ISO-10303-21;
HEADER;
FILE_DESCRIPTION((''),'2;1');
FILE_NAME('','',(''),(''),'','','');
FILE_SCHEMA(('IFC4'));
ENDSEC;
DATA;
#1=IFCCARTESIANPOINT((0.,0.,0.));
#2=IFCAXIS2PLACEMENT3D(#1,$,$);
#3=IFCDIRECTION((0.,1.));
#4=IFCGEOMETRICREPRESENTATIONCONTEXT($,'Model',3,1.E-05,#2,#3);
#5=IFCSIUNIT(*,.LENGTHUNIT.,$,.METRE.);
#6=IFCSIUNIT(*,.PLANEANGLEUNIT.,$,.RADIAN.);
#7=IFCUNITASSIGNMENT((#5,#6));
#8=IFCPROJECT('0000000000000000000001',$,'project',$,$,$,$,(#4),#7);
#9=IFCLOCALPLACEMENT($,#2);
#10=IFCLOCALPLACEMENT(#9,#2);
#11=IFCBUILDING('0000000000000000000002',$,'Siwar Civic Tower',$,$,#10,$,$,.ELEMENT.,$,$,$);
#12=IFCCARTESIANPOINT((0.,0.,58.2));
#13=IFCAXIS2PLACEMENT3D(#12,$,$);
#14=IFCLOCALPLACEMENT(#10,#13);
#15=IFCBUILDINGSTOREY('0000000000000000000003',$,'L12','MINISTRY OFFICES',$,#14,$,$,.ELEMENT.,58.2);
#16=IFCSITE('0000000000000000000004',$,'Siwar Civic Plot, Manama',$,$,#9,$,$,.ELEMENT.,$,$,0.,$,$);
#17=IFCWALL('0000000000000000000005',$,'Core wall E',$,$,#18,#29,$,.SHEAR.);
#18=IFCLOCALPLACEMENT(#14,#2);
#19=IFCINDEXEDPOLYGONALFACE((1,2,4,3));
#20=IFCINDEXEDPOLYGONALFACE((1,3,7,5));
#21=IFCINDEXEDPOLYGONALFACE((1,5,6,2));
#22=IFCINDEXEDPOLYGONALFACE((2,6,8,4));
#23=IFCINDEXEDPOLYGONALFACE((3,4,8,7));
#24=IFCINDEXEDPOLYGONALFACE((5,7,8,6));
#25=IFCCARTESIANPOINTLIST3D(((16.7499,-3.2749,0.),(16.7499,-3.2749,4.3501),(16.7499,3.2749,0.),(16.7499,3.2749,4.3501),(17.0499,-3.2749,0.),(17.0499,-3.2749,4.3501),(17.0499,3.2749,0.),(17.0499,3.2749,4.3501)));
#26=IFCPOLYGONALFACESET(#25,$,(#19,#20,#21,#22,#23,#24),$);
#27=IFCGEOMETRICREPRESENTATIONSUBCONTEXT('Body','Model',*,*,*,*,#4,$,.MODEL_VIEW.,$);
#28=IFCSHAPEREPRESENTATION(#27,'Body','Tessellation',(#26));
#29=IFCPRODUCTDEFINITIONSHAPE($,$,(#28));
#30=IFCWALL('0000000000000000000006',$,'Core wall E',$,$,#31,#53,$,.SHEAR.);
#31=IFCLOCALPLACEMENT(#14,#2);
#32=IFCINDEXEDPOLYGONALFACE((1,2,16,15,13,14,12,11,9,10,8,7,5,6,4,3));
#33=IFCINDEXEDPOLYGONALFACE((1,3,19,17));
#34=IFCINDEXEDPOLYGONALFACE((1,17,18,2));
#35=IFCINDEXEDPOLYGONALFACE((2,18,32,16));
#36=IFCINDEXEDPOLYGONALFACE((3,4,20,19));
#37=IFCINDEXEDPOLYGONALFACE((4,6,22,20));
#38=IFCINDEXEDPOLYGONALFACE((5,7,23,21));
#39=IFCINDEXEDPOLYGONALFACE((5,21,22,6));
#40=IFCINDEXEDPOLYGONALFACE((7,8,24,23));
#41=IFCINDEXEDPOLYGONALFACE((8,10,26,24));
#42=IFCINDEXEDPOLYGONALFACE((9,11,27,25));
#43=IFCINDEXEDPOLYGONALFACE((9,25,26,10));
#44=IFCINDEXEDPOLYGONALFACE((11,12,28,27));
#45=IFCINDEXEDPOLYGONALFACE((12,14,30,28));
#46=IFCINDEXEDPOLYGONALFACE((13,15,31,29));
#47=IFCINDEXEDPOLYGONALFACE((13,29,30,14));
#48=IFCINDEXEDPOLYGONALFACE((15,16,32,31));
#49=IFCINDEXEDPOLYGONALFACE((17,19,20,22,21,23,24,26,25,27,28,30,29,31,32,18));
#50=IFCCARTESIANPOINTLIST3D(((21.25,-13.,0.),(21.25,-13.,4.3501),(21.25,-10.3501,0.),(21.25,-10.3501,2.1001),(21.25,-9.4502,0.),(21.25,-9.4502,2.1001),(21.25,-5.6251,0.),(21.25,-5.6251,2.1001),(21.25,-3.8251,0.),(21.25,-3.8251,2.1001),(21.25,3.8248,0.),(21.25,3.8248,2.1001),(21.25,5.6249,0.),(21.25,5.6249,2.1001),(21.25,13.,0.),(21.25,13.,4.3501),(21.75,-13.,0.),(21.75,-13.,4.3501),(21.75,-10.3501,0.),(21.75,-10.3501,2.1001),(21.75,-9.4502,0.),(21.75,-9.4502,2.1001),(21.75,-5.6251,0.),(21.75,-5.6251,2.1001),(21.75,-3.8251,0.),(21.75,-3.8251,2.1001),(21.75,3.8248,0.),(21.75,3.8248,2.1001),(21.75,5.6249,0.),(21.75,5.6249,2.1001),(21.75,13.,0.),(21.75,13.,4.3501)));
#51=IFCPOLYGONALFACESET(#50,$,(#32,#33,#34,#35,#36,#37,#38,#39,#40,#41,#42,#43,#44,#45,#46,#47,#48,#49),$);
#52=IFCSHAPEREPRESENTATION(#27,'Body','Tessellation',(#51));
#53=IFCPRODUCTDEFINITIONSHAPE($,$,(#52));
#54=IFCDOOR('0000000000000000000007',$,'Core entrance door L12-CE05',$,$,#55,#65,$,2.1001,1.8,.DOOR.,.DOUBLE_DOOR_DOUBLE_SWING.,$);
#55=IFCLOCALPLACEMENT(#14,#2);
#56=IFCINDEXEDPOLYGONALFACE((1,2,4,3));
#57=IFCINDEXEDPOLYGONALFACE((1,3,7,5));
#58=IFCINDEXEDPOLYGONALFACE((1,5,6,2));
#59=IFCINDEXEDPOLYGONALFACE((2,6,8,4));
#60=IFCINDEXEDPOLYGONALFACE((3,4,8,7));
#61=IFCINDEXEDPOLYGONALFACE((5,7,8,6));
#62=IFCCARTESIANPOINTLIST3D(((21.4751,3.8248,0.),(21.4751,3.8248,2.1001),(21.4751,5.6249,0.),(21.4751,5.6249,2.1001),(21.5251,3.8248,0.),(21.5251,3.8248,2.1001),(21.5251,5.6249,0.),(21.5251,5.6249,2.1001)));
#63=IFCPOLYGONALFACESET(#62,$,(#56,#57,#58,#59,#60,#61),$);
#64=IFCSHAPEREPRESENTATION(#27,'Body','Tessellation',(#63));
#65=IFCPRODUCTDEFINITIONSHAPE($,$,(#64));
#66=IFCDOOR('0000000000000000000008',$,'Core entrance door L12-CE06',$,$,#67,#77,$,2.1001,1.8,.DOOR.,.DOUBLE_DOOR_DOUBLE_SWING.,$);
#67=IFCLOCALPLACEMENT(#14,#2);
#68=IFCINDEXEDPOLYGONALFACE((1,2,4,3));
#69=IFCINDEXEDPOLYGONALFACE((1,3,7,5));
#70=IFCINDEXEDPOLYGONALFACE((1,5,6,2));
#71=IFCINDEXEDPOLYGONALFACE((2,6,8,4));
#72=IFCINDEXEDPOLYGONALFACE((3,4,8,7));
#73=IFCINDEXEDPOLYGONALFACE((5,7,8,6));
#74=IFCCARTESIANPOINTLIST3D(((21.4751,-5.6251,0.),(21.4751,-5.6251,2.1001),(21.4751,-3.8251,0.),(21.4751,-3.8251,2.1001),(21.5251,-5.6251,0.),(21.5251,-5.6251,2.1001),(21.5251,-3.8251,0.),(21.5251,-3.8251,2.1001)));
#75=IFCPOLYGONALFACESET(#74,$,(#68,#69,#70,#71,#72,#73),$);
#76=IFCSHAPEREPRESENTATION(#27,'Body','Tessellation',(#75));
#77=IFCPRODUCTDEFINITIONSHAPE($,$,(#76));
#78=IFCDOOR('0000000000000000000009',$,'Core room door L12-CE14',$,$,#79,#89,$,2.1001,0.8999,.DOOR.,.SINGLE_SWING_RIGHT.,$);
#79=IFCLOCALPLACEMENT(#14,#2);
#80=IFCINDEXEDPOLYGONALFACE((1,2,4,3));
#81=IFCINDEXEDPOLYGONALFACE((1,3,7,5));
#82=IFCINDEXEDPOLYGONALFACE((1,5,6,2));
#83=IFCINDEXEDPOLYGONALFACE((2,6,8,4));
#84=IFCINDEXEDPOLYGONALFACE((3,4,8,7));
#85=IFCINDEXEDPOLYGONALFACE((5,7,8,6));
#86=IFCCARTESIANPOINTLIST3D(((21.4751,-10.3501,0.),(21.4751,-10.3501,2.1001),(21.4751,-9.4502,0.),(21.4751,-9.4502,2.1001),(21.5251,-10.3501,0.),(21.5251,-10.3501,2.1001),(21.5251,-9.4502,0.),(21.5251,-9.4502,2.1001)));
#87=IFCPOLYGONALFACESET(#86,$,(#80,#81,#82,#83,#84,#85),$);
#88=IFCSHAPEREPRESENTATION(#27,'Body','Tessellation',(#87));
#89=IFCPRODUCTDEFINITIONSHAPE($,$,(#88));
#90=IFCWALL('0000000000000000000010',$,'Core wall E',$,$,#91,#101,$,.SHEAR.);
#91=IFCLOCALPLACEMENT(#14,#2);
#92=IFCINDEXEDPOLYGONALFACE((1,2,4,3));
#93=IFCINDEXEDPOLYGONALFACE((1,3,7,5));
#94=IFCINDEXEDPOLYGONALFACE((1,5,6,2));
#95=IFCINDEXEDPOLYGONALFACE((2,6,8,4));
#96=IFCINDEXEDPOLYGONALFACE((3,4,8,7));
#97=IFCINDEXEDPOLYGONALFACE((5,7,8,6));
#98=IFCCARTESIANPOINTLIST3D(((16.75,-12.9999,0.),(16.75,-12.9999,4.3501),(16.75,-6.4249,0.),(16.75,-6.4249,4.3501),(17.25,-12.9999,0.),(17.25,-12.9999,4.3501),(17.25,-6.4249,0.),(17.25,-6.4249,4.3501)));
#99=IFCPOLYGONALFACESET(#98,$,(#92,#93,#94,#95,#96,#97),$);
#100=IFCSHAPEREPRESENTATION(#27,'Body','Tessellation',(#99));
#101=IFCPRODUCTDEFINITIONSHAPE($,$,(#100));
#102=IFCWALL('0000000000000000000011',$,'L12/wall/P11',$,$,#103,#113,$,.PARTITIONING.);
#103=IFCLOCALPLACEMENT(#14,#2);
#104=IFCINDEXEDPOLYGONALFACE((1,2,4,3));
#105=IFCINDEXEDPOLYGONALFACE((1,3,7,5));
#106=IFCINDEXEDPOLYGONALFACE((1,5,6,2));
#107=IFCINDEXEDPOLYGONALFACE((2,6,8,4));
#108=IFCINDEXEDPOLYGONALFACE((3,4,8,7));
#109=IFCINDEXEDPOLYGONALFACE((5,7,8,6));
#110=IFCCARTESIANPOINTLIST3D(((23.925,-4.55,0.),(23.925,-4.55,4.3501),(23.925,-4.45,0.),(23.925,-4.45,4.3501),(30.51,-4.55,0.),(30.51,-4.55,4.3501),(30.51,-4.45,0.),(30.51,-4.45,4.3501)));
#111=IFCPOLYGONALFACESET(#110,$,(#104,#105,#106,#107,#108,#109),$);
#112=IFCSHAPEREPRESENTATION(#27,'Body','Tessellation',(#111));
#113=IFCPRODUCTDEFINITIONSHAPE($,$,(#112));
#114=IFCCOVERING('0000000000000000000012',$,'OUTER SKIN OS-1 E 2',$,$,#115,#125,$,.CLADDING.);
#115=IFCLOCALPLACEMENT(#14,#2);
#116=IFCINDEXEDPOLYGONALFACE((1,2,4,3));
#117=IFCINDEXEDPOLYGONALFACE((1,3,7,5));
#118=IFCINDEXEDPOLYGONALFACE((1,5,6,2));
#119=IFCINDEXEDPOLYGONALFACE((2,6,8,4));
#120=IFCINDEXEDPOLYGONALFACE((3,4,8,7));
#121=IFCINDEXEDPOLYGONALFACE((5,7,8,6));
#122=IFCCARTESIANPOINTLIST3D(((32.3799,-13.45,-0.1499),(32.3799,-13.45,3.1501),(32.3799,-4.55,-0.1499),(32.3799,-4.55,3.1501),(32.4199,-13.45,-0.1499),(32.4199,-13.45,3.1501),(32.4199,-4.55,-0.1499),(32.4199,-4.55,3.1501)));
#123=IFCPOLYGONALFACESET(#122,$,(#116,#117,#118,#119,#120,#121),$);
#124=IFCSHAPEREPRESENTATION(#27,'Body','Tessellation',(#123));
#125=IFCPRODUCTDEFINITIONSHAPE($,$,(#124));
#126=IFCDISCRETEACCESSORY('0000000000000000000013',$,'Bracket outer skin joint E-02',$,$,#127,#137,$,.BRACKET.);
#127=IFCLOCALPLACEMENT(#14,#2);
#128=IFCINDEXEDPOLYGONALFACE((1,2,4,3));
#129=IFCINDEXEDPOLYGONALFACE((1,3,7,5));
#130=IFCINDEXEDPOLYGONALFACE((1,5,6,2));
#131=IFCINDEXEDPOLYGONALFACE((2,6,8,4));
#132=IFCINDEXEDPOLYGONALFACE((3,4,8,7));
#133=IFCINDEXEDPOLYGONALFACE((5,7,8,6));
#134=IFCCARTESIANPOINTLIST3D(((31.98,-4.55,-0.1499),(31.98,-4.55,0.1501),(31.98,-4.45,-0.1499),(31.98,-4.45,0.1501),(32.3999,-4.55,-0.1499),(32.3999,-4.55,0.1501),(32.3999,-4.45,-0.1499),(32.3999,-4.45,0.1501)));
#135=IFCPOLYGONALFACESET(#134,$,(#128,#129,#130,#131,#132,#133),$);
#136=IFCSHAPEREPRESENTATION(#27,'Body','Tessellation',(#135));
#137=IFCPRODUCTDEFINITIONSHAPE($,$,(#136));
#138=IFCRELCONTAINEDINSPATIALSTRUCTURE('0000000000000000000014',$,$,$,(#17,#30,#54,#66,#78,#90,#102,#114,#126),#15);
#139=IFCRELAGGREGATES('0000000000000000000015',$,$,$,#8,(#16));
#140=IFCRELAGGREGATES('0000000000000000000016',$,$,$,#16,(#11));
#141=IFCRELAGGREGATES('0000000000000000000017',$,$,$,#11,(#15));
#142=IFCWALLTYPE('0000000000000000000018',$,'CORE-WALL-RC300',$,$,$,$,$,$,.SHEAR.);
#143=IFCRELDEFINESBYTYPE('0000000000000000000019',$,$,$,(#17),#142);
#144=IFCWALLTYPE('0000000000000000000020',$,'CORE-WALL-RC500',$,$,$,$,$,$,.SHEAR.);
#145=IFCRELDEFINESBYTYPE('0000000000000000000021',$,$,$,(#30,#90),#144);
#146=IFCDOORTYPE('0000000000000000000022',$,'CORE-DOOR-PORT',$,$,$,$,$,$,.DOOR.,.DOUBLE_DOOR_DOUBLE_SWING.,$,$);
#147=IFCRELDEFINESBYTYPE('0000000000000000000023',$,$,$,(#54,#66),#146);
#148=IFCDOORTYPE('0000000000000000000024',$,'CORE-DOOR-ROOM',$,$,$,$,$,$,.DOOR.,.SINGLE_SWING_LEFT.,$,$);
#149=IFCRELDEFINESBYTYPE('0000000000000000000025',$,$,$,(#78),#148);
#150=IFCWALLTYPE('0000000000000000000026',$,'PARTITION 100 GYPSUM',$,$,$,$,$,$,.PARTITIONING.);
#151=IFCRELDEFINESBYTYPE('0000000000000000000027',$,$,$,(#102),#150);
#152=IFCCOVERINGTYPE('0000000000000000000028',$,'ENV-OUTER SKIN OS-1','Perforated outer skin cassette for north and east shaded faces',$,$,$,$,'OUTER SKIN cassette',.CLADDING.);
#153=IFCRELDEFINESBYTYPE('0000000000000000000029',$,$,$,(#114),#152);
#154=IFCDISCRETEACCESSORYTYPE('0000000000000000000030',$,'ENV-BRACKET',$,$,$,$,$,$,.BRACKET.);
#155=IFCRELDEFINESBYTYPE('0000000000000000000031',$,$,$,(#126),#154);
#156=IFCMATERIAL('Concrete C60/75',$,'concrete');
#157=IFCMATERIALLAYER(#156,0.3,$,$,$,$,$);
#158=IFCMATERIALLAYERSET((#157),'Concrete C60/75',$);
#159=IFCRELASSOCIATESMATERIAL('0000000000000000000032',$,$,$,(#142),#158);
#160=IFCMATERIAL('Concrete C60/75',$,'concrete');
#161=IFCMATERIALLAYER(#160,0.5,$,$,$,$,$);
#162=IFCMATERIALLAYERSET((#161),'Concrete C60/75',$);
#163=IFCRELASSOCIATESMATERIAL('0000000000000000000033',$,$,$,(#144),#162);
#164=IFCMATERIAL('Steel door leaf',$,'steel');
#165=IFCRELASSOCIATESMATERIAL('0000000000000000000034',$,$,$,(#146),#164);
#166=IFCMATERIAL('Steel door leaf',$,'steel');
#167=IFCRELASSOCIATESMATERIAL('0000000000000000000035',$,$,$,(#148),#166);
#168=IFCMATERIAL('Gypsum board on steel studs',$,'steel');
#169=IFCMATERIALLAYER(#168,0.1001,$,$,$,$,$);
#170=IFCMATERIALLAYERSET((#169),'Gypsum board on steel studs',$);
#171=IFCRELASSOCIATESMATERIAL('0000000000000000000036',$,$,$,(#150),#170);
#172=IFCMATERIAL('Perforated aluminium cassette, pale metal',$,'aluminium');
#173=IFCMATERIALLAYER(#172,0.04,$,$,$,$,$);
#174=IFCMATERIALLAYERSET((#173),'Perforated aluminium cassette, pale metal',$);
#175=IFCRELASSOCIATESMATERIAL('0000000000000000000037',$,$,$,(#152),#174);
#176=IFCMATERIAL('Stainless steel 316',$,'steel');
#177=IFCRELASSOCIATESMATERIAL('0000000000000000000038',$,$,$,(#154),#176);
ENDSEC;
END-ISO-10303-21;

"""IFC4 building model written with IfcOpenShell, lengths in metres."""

from ifc_helpers import new_model, si_unit, direction, frame, frame_2d, origin, origin_2d, place, context, subcontext, project, spatial, rectangle, extrude, material, layer, layer_set, type_object, element, fill, save


model = new_model("IFC4")

# Units and contexts
model_context = context("Model", 3, precision=1e-05, world=origin(), true_north=direction((0.0, 1.0)))
body_context = subcontext(model_context, "Body", "Model", "MODEL_VIEW")
ifc_project = project(units=[si_unit("LENGTHUNIT", "METRE"), si_unit("PLANEANGLEUNIT", "RADIAN")], contexts=[model_context])

# Site, building, storey
site_placement = place(None, origin())
site = spatial("IfcSite", under=ifc_project, at=site_placement, Name="Siwar Civic Plot, Manama", CompositionType="ELEMENT", RefElevation=0.0)
building_placement = place(site_placement, origin())
building = spatial("IfcBuilding", under=site, at=building_placement, Name="Siwar Civic Tower", CompositionType="ELEMENT")
storey_placement = place(building_placement, frame((0.0, 0.0, 58.2)))
storey = spatial("IfcBuildingStorey", under=building, at=storey_placement, Name="L12", Description="MINISTRY OFFICES", CompositionType="ELEMENT", Elevation=58.2)

# Wall
ifc_material_1 = material(Name="Concrete C60/75", Category="concrete")
ifc_layer_1 = layer(ifc_material_1, 0.3)
ifc_layer_set_1 = layer_set([ifc_layer_1], Name="Concrete C60/75")
wall_type_1 = type_object("IfcWallType", Name="CORE-WALL-RC300", PredefinedType="SHEAR", material=ifc_layer_set_1)
wall_1_placement = place(storey_placement, frame((16.8999, -3.2749, 0.0), z_axis=(0.0, 0.0, 1.0), x_axis=(0.0, 1.0, 0.0)))
element("IfcWall", 1, at=wall_1_placement, inside=storey, type_object=wall_type_1, Name="Core wall E", PredefinedType="SHEAR", context=body_context, shape_type="SweptSolid", body=[
    extrude(rectangle(XDim=6.5498, YDim=0.3, at=frame_2d((3.2749, 0.0))), origin(), (0.0, 0.0, 1.0), 4.3501),
])

# Wall, openings, doors
ifc_material_2 = material(Name="Concrete C60/75", Category="concrete")
ifc_layer_2 = layer(ifc_material_2, 0.5)
ifc_layer_set_2 = layer_set([ifc_layer_2], Name="Concrete C60/75")
wall_type_2 = type_object("IfcWallType", Name="CORE-WALL-RC500", PredefinedType="SHEAR", material=ifc_layer_set_2)
wall_2_placement = place(storey_placement, frame((21.5, -13.0, 0.0), z_axis=(0.0, 0.0, 1.0), x_axis=(0.0, 1.0, 0.0)))
wall_2 = element("IfcWall", 2, at=wall_2_placement, inside=storey, type_object=wall_type_2, Name="Core wall E", PredefinedType="SHEAR", context=body_context, shape_type="SweptSolid", body=[
    extrude(rectangle(XDim=26.0, YDim=0.5, at=frame_2d((13.0, 0.0))), origin(), (0.0, 0.0, 1.0), 4.3501),
])
opening_1_placement = place(wall_2_placement, frame((16.825, 0.0, 0.0)))
opening_1 = element("IfcOpeningElement", 3, at=opening_1_placement, cuts=wall_2, PredefinedType="OPENING", context=body_context, shape_type="SweptSolid", body=[
    extrude(rectangle(XDim=1.8, YDim=2.1001, at=frame_2d((0.8999, 1.05))), frame((0.0, 0.26, 0.0), z_axis=(0.0, -1.0, 0.0), x_axis=(1.0, 0.0, 0.0)), (0.0, 0.0, 1.0), 0.52),
])
opening_2_placement = place(wall_2_placement, frame((7.375, 0.0, 0.0)))
opening_2 = element("IfcOpeningElement", 4, at=opening_2_placement, cuts=wall_2, PredefinedType="OPENING", context=body_context, shape_type="SweptSolid", body=[
    extrude(rectangle(XDim=1.8, YDim=2.1001, at=frame_2d((0.8999, 1.05))), frame((0.0, 0.26, 0.0), z_axis=(0.0, -1.0, 0.0), x_axis=(1.0, 0.0, 0.0)), (0.0, 0.0, 1.0), 0.52),
])
opening_3_placement = place(wall_2_placement, frame((2.6499, 0.0, 0.0)))
opening_3 = element("IfcOpeningElement", 5, at=opening_3_placement, cuts=wall_2, PredefinedType="OPENING", context=body_context, shape_type="SweptSolid", body=[
    extrude(rectangle(XDim=0.8999, YDim=2.1001, at=frame_2d((0.45, 1.05))), frame((0.0, 0.26, 0.0), z_axis=(0.0, -1.0, 0.0), x_axis=(1.0, 0.0, 0.0)), (0.0, 0.0, 1.0), 0.52),
])
ifc_material_3 = material(Name="Steel door leaf", Category="steel")
door_type_1 = type_object("IfcDoorType", Name="CORE-DOOR-PORT", OperationType="DOUBLE_DOOR_DOUBLE_SWING", PredefinedType="DOOR", material=ifc_material_3)
door_1_placement = place(opening_1_placement, origin())
door_1 = element("IfcDoor", 6, at=door_1_placement, inside=storey, type_object=door_type_1, Name="Core entrance door L12-CE05", OperationType="DOUBLE_DOOR_DOUBLE_SWING", OverallHeight=2.1001, OverallWidth=1.8, PredefinedType="DOOR", context=body_context, shape_type="SweptSolid", body=[
    extrude(rectangle(XDim=1.8, YDim=2.1001, at=frame_2d((0.8999, 1.05))), frame((0.0, 0.0249, 0.0), z_axis=(0.0, -1.0, 0.0), x_axis=(1.0, 0.0, 0.0)), (0.0, 0.0, 1.0), 0.05),
])
fill(opening_1, door_1)
door_2_placement = place(opening_2_placement, origin())
door_2 = element("IfcDoor", 7, at=door_2_placement, inside=storey, type_object=door_type_1, Name="Core entrance door L12-CE06", OperationType="DOUBLE_DOOR_DOUBLE_SWING", OverallHeight=2.1001, OverallWidth=1.8, PredefinedType="DOOR", context=body_context, shape_type="SweptSolid", body=[
    extrude(rectangle(XDim=1.8, YDim=2.1001, at=frame_2d((0.8999, 1.05))), frame((0.0, 0.0249, 0.0), z_axis=(0.0, -1.0, 0.0), x_axis=(1.0, 0.0, 0.0)), (0.0, 0.0, 1.0), 0.05),
])
fill(opening_2, door_2)
ifc_material_4 = material(Name="Steel door leaf", Category="steel")
door_type_2 = type_object("IfcDoorType", Name="CORE-DOOR-ROOM", OperationType="SINGLE_SWING_LEFT", PredefinedType="DOOR", material=ifc_material_4)
door_3_placement = place(opening_3_placement, origin())
door_3 = element("IfcDoor", 8, at=door_3_placement, inside=storey, type_object=door_type_2, Name="Core room door L12-CE14", OperationType="SINGLE_SWING_RIGHT", OverallHeight=2.1001, OverallWidth=0.8999, PredefinedType="DOOR", context=body_context, shape_type="SweptSolid", body=[
    extrude(rectangle(XDim=0.8999, YDim=2.1001, at=frame_2d((0.45, 1.05))), frame((0.0, 0.0249, 0.0), z_axis=(0.0, -1.0, 0.0), x_axis=(1.0, 0.0, 0.0)), (0.0, 0.0, 1.0), 0.05),
])
fill(opening_3, door_3)

# Walls
wall_3_placement = place(storey_placement, frame((17.0, -13.0, 0.0), z_axis=(0.0, 0.0, 1.0), x_axis=(0.0, 1.0, 0.0)))
element("IfcWall", 9, at=wall_3_placement, inside=storey, type_object=wall_type_2, Name="Core wall E", PredefinedType="SHEAR", context=body_context, shape_type="SweptSolid", body=[
    extrude(rectangle(XDim=6.575, YDim=0.5, at=frame_2d((3.2876, 0.0))), origin(), (0.0, 0.0, 1.0), 4.3501),
])
ifc_material_5 = material(Name="Gypsum board on steel studs", Category="steel")
ifc_layer_3 = layer(ifc_material_5, 0.1001)
ifc_layer_set_3 = layer_set([ifc_layer_3], Name="Gypsum board on steel studs")
wall_type_3 = type_object("IfcWallType", Name="PARTITION 100 GYPSUM", PredefinedType="PARTITIONING", material=ifc_layer_set_3)
wall_4_placement = place(storey_placement, frame((23.925, -4.5, 0.0), z_axis=(0.0, 0.0, 1.0), x_axis=(1.0, 0.0, 0.0)))
element("IfcWall", 10, at=wall_4_placement, inside=storey, type_object=wall_type_3, Name="L12/wall/P11", PredefinedType="PARTITIONING", context=body_context, shape_type="SweptSolid", body=[
    extrude(rectangle(XDim=6.585, YDim=0.1001, at=frame_2d((3.2925, 0.0))), origin(), (0.0, 0.0, 1.0), 4.3501),
])

# Covering
ifc_material_6 = material(Name="Perforated aluminium cassette, pale metal", Category="aluminium")
ifc_layer_4 = layer(ifc_material_6, 0.04)
ifc_layer_set_4 = layer_set([ifc_layer_4], Name="Perforated aluminium cassette, pale metal")
covering_type = type_object("IfcCoveringType", Name="ENV-OUTER SKIN OS-1", Description="Perforated outer skin cassette for north and east shaded faces", ElementType="OUTER SKIN cassette", PredefinedType="CLADDING", material=ifc_layer_set_4)
covering_placement = place(storey_placement, frame((32.3999, -9.0, -0.1499), z_axis=(0.0, 0.0, 1.0), x_axis=(0.0, 1.0, 0.0)))
element("IfcCovering", 11, at=covering_placement, inside=storey, type_object=covering_type, Name="OUTER SKIN OS-1 E 2", PredefinedType="CLADDING", context=body_context, shape_type="SweptSolid", body=[
    extrude(rectangle(XDim=8.8999, YDim=0.04, at=origin_2d()), origin(), (0.0, 0.0, 1.0), 3.3),
])

# Discrete accessory
ifc_material_7 = material(Name="Stainless steel 316", Category="steel")
discrete_accessory_type = type_object("IfcDiscreteAccessoryType", Name="ENV-BRACKET", PredefinedType="BRACKET", material=ifc_material_7)
discrete_accessory_placement = place(storey_placement, frame((32.1899, -4.5, -0.1499), z_axis=(0.0, 0.0, 1.0), x_axis=(1.0, 0.0, 0.0)))
element("IfcDiscreteAccessory", 12, at=discrete_accessory_placement, inside=storey, type_object=discrete_accessory_type, Name="Bracket outer skin joint E-02", PredefinedType="BRACKET", context=body_context, shape_type="SweptSolid", body=[
    extrude(rectangle(XDim=0.4199, YDim=0.1001, at=origin_2d()), origin(), (0.0, 0.0, 1.0), 0.3),
])

save(model, "model.ifc")
